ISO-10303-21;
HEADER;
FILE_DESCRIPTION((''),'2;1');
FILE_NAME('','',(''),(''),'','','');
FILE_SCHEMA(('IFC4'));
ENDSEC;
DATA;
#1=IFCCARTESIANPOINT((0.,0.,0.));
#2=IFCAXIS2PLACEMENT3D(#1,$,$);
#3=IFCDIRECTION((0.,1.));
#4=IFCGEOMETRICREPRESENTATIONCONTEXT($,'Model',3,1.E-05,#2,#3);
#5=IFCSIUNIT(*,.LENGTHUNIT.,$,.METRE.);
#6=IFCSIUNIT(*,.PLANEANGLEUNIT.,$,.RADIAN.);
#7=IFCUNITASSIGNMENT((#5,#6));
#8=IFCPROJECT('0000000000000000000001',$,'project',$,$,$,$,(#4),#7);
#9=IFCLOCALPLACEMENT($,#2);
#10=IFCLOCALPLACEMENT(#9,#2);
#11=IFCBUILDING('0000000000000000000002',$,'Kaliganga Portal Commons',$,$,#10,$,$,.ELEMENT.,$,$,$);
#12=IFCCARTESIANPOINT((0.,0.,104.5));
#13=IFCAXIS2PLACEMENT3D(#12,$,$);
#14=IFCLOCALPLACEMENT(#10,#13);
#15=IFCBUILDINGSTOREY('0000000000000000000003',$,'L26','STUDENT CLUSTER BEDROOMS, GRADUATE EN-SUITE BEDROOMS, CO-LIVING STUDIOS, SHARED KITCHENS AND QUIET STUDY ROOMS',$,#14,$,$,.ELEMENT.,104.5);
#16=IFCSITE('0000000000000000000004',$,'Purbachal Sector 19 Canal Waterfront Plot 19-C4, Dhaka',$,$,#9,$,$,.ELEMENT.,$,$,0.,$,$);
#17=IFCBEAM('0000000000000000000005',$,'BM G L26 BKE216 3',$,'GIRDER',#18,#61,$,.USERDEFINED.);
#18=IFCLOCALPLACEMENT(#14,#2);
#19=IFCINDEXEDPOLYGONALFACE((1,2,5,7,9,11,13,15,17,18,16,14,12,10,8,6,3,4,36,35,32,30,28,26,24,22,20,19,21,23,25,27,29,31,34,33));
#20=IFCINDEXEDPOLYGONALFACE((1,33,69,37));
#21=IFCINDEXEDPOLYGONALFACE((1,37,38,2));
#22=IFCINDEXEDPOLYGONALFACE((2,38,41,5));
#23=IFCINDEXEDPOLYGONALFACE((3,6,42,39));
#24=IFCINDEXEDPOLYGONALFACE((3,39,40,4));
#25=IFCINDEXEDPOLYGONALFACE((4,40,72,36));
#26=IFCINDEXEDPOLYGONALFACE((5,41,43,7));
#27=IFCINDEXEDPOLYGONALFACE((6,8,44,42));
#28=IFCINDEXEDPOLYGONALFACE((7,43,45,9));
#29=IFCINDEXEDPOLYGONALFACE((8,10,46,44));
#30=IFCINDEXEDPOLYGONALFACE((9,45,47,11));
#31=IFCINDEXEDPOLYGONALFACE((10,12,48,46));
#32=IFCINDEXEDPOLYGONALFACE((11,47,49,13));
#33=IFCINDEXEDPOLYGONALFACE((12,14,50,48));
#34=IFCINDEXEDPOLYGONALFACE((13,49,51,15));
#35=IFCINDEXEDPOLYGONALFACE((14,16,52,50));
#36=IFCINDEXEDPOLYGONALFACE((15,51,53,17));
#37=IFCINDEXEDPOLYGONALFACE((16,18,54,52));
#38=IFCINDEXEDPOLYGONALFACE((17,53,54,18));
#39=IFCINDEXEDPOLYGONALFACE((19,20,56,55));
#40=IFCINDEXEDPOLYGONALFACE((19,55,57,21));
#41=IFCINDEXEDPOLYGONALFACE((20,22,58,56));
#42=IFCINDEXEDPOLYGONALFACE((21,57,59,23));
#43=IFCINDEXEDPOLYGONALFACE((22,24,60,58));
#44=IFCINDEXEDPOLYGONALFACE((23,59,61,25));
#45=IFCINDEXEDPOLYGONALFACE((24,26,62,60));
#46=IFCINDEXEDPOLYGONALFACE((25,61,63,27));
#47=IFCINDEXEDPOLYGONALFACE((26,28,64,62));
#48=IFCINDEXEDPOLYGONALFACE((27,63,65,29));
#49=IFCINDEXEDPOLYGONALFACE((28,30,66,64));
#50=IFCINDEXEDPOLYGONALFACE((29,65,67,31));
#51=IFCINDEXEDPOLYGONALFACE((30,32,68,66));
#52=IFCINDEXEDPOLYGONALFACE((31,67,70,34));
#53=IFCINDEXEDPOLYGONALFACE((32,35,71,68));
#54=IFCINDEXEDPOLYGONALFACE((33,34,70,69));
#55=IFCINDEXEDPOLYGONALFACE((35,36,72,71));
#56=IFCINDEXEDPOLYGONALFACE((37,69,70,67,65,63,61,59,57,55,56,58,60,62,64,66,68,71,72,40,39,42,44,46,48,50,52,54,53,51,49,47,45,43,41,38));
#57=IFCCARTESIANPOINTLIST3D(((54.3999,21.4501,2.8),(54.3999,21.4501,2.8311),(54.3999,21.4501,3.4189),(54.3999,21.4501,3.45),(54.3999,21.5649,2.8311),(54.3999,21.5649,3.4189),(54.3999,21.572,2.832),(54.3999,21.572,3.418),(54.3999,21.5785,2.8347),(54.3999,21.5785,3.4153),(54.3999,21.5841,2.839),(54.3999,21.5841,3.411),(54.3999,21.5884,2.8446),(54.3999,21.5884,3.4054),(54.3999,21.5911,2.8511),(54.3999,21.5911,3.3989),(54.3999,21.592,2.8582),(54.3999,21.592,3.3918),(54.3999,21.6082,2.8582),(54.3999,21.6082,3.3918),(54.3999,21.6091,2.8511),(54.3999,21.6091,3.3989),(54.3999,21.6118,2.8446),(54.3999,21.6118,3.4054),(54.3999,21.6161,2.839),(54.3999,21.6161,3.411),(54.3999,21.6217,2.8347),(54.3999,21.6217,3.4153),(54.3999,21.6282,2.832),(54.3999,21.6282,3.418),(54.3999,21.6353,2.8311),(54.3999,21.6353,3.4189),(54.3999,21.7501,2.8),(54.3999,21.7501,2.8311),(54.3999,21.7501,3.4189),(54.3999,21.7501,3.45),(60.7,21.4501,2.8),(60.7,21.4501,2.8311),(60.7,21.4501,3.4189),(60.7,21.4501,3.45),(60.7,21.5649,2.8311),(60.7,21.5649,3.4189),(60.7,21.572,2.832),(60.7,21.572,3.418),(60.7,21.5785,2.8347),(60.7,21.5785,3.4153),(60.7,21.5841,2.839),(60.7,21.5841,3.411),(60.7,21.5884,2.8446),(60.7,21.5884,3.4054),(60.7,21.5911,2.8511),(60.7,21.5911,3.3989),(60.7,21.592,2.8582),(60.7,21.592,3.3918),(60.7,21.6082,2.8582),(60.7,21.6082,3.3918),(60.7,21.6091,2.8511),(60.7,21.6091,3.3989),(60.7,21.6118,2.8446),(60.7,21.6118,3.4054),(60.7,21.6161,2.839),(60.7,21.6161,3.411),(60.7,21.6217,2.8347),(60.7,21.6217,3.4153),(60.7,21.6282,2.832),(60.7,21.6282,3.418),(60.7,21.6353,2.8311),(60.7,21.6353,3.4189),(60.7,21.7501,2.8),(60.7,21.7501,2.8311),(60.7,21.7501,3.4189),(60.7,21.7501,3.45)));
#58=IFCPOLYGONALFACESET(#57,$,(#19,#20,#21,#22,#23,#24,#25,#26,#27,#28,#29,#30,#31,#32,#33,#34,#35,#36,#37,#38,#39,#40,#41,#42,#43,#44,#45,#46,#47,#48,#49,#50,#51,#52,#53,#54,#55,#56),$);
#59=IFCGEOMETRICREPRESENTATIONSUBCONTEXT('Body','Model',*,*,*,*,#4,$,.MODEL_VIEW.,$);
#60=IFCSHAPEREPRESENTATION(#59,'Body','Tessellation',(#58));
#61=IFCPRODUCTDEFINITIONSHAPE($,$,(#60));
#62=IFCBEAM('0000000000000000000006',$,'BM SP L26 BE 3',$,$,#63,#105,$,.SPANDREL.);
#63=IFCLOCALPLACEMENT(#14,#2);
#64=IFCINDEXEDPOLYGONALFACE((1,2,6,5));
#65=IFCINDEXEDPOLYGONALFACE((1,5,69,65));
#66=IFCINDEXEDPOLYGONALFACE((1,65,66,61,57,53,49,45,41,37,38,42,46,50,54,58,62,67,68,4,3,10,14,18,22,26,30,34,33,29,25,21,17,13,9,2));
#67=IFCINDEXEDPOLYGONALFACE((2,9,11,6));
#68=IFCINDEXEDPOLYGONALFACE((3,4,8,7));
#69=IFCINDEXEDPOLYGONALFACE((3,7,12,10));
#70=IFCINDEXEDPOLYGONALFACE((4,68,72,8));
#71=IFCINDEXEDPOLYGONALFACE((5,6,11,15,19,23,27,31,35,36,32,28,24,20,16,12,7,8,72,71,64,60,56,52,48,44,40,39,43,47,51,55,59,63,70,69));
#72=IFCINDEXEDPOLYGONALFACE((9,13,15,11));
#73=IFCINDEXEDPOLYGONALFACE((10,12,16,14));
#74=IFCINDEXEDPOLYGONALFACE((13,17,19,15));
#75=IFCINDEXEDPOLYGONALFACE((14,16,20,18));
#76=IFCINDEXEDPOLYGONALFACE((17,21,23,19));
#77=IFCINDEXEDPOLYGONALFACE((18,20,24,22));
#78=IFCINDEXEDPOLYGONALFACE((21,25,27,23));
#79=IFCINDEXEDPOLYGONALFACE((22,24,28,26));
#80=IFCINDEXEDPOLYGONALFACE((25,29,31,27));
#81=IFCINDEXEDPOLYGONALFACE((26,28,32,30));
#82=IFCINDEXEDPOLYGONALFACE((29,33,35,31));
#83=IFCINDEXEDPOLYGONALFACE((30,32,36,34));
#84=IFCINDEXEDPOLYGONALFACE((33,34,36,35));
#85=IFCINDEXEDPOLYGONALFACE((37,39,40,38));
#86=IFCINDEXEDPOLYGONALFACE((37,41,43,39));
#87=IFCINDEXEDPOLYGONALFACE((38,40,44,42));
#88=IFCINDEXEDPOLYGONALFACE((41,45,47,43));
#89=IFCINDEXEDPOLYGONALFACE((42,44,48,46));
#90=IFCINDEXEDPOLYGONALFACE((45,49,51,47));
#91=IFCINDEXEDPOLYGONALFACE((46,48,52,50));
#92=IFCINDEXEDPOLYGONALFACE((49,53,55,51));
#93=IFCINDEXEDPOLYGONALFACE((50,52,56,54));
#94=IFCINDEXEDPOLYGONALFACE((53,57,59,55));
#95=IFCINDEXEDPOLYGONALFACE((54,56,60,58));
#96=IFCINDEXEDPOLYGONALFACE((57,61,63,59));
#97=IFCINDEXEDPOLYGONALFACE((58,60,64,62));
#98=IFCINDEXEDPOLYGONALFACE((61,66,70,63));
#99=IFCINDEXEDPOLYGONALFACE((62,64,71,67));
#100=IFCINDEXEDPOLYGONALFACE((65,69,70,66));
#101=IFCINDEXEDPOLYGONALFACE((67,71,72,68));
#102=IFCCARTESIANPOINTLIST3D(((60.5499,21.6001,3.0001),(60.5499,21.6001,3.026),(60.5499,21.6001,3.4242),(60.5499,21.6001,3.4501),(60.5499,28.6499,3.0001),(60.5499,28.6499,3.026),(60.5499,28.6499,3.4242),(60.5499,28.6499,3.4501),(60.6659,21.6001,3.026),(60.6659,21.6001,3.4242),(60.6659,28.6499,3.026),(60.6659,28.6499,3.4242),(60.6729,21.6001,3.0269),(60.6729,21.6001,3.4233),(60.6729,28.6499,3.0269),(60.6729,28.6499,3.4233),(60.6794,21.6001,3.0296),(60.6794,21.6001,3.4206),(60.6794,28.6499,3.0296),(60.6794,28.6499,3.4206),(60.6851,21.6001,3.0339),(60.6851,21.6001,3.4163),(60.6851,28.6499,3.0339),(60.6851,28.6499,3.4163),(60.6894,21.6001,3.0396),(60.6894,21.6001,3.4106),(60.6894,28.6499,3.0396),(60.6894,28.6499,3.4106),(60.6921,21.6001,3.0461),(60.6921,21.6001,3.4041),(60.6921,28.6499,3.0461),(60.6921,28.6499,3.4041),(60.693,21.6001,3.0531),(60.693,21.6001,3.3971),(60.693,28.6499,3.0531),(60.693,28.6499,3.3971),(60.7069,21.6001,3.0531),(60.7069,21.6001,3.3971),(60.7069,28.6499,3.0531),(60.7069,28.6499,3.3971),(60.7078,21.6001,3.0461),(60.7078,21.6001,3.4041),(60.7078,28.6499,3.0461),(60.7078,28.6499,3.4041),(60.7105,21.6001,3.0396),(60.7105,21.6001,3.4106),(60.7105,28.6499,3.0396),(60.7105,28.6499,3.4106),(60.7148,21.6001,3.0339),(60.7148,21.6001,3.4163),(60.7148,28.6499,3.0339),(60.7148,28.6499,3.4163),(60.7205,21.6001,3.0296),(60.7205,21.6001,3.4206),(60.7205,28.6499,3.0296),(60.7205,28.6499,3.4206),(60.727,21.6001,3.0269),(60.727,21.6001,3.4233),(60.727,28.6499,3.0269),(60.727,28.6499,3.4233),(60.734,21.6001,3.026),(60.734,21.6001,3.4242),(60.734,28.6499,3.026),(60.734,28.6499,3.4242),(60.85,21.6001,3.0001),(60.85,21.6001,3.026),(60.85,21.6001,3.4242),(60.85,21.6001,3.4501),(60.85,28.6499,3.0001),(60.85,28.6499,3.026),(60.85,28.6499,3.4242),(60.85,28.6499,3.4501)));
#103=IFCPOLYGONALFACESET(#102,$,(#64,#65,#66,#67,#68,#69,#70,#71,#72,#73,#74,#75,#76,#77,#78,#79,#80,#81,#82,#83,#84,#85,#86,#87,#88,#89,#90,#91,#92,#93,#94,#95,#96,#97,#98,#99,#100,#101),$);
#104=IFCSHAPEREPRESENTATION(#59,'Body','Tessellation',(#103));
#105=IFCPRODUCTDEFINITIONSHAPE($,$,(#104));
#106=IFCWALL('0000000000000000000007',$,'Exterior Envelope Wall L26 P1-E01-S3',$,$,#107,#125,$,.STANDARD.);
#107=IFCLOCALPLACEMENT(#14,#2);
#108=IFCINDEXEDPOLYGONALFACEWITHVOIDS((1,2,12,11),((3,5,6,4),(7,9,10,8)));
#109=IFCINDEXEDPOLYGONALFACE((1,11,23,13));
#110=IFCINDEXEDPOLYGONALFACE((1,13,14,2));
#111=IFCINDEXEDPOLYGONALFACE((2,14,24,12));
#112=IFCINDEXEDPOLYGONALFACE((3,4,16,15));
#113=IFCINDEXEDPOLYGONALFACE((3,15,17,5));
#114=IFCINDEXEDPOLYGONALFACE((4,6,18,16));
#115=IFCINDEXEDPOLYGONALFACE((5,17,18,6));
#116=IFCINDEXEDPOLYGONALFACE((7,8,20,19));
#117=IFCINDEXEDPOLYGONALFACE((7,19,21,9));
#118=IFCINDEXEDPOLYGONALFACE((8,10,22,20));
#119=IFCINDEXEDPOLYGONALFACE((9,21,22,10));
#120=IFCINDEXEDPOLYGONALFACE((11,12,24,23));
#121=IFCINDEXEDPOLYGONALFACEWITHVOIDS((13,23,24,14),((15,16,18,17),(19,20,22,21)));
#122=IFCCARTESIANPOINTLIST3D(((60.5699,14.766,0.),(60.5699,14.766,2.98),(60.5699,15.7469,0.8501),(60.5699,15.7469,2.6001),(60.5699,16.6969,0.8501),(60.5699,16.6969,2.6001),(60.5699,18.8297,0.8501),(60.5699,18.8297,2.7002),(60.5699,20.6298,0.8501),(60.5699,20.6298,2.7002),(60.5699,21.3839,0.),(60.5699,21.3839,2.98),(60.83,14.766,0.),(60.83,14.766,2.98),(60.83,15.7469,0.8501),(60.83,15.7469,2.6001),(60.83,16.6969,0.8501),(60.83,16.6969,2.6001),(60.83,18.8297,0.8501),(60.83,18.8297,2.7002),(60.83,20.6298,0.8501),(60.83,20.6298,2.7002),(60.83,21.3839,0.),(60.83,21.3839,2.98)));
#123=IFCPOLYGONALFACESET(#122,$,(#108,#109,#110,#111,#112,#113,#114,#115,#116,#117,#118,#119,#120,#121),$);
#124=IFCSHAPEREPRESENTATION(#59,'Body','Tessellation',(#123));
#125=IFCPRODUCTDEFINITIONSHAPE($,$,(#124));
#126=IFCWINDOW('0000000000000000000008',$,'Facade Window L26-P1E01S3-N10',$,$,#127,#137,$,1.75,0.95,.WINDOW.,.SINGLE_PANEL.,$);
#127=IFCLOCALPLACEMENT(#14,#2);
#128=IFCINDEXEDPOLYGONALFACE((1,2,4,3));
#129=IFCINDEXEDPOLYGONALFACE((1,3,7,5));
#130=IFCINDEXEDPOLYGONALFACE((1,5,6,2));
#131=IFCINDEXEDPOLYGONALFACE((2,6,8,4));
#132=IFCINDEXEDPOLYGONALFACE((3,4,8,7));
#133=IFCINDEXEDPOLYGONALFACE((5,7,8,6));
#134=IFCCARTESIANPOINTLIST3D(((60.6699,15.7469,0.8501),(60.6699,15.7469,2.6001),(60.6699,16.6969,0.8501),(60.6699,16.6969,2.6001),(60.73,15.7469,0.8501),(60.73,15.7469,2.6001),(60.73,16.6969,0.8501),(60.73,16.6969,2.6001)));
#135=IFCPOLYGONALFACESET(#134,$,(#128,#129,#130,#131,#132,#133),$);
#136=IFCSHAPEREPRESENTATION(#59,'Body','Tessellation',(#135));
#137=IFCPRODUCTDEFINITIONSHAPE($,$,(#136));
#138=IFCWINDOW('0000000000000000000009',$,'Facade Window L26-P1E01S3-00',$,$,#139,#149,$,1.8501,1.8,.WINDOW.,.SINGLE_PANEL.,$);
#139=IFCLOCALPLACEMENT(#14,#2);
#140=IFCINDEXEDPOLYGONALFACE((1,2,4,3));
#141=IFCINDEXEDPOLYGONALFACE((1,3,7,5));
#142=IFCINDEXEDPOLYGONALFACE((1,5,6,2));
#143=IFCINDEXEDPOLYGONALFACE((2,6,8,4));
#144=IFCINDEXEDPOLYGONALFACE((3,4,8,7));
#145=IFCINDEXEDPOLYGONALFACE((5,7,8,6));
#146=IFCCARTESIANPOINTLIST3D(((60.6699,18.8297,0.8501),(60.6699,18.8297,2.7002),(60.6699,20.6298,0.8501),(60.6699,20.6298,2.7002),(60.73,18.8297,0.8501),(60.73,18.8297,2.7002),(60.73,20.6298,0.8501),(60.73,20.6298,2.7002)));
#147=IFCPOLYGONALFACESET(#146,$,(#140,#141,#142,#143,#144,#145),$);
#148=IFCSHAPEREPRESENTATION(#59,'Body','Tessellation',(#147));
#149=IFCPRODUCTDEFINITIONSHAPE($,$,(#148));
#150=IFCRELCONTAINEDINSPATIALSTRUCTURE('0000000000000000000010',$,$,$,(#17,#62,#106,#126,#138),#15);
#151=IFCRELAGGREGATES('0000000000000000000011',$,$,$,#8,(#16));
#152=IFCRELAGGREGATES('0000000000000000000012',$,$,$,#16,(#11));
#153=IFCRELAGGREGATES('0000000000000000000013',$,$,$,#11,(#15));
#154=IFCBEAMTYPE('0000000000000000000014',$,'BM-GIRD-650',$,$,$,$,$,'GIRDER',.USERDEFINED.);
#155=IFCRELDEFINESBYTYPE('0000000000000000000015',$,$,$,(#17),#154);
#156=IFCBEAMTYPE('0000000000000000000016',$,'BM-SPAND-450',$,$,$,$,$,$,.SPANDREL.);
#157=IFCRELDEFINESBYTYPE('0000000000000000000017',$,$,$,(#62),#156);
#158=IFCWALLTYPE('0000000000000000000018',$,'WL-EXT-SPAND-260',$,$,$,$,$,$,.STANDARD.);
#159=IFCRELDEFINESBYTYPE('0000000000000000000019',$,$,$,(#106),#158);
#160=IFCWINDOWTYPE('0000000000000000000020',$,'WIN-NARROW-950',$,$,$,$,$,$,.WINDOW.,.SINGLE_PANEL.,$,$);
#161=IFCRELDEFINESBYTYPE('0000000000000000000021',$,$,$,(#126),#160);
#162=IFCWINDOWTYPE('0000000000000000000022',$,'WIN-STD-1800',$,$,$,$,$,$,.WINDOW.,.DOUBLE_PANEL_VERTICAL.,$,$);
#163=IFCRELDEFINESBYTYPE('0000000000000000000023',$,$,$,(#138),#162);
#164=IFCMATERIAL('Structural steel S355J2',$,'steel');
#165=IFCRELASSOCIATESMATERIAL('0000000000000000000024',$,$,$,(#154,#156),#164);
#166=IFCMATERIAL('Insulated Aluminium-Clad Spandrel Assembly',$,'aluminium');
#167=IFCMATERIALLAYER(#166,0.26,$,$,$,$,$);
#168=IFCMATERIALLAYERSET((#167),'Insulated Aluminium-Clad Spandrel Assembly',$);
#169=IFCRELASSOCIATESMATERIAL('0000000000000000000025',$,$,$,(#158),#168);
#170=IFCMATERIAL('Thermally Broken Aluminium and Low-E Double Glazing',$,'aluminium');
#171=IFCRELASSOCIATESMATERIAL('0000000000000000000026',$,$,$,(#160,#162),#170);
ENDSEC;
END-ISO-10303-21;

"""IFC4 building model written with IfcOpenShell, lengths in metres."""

from ifc_helpers import new_model, si_unit, direction, frame, frame_2d, origin, origin_2d, place, context, subcontext, project, spatial, rectangle, i_section, extrude, source, transform, mapped, material, layer, layer_set, material_profile, profile_set, type_object, element, fill, save


model = new_model("IFC4")

# Units and contexts
model_context = context("Model", 3, precision=1e-05, world=origin(), true_north=direction((0.0, 1.0)))
body_context = subcontext(model_context, "Body", "Model", "MODEL_VIEW")
ifc_project = project(units=[si_unit("LENGTHUNIT", "METRE"), si_unit("PLANEANGLEUNIT", "RADIAN")], contexts=[model_context])

# Site, building, storey
site_placement = place(None, origin())
site = spatial("IfcSite", under=ifc_project, at=site_placement, Name="Purbachal Sector 19 Canal Waterfront Plot 19-C4, Dhaka", CompositionType="ELEMENT", RefElevation=0.0)
building_placement = place(site_placement, origin())
building = spatial("IfcBuilding", under=site, at=building_placement, Name="Kaliganga Portal Commons", CompositionType="ELEMENT")
storey_placement = place(building_placement, frame((0.0, 0.0, 104.5)))
storey = spatial("IfcBuildingStorey", under=building, at=storey_placement, Name="L26", Description="STUDENT CLUSTER BEDROOMS, GRADUATE EN-SUITE BEDROOMS, CO-LIVING STUDIOS, SHARED KITCHENS AND QUIET STUDY ROOMS", CompositionType="ELEMENT", Elevation=104.5)

# Beams
ifc_material_1 = material(Name="Structural steel S355J2", Category="steel")
ifc_material_profile_1 = material_profile(ifc_material_1, i_section(OverallWidth=0.3, OverallDepth=0.6499, WebThickness=0.0161, FlangeThickness=0.031, FilletRadius=0.0271, at=origin_2d()), Name="HE 650 B")
ifc_profile_set_1 = profile_set([ifc_material_profile_1], Name="Structural steel S355J2 wide-flange")
beam_type_1 = type_object("IfcBeamType", Name="BM-GIRD-650", ElementType="GIRDER", PredefinedType="USERDEFINED", material=ifc_profile_set_1)
shared_shape_1 = source(origin(), body_context, "Body", "SweptSolid", [
    extrude(i_section(OverallWidth=0.3, OverallDepth=0.6499, WebThickness=0.0161, FlangeThickness=0.031, FilletRadius=0.0271, at=origin_2d()), origin(), (0.0, 0.0, 1.0), 6.3),
])
beam_1_placement = place(storey_placement, frame((54.3999, 21.6001, 3.125), z_axis=(1.0, 0.0, 0.0), x_axis=(0.0, 1.0, 0.0)))
element("IfcBeam", 1, at=beam_1_placement, inside=storey, type_object=beam_type_1, Name="BM G L26 BKE216 3", ObjectType="GIRDER", PredefinedType="USERDEFINED", context=body_context, shape_type="MappedRepresentation", body=[
    mapped(shared_shape_1, transform((0.0, 0.0, 0.0), x_axis=(1.0, 0.0, 0.0), y_axis=(0.0, 1.0, 0.0), z_axis=(0.0, 0.0, 1.0), scale=1.0)),
])
ifc_material_profile_2 = material_profile(ifc_material_1, i_section(OverallWidth=0.3, OverallDepth=0.45, WebThickness=0.0139, FlangeThickness=0.0259, FilletRadius=0.0271, at=origin_2d()), Name="HE 450 B")
ifc_profile_set_2 = profile_set([ifc_material_profile_2], Name="Structural steel S355J2 wide-flange")
beam_type_2 = type_object("IfcBeamType", Name="BM-SPAND-450", PredefinedType="SPANDREL", material=ifc_profile_set_2)
shared_shape_2 = source(origin(), body_context, "Body", "SweptSolid", [
    extrude(i_section(OverallWidth=0.3, OverallDepth=0.45, WebThickness=0.0139, FlangeThickness=0.0259, FilletRadius=0.0271, at=origin_2d()), origin(), (0.0, 0.0, 1.0), 7.0498),
])
beam_2_placement = place(storey_placement, frame((60.7, 21.6001, 3.2251), z_axis=(0.0, 1.0, 0.0), x_axis=(-1.0, 0.0, 0.0)))
element("IfcBeam", 2, at=beam_2_placement, inside=storey, type_object=beam_type_2, Name="BM SP L26 BE 3", PredefinedType="SPANDREL", context=body_context, shape_type="MappedRepresentation", body=[
    mapped(shared_shape_2, transform((0.0, 0.0, 0.0), x_axis=(1.0, 0.0, 0.0), y_axis=(0.0, 1.0, 0.0), z_axis=(0.0, 0.0, 1.0), scale=1.0)),
])

# Wall, openings, windows
ifc_material_2 = material(Name="Insulated Aluminium-Clad Spandrel Assembly", Category="aluminium")
ifc_layer_1 = layer(ifc_material_2, 0.26)
ifc_layer_set_1 = layer_set([ifc_layer_1], Name="Insulated Aluminium-Clad Spandrel Assembly")
wall_type_1 = type_object("IfcWallType", Name="WL-EXT-SPAND-260", PredefinedType="STANDARD", material=ifc_layer_set_1)
wall_1_placement = place(storey_placement, frame((60.7, 21.384, 0.0), z_axis=(0.0, 0.0, 1.0), x_axis=(0.0, -1.0, 0.0)))
wall_1 = element("IfcWall", 3, at=wall_1_placement, inside=storey, type_object=wall_type_1, Name="Exterior Envelope Wall L26 P1-E01-S3", PredefinedType="STANDARD", context=body_context, shape_type="SweptSolid", body=[
    extrude(rectangle(XDim=6.6179, YDim=0.26, at=frame_2d((3.3091, 0.0))), origin(), (0.0, 0.0, 1.0), 2.98),
])
opening_1_placement = place(wall_1_placement, frame((0.7544, 0.0, 0.8501)))
opening_1 = element("IfcOpeningElement", 4, at=opening_1_placement, cuts=wall_1, PredefinedType="OPENING", context=body_context, shape_type="SweptSolid", body=[
    extrude(rectangle(XDim=1.8, YDim=1.8501, at=frame_2d((0.8999, 0.925))), frame((0.0, 0.1401, 0.0), z_axis=(0.0, -1.0, 0.0), x_axis=(1.0, 0.0, 0.0)), (0.0, 0.0, 1.0), 0.28),
])
opening_2_placement = place(wall_1_placement, frame((4.687, 0.0, 0.8501)))
opening_2 = element("IfcOpeningElement", 5, at=opening_2_placement, cuts=wall_1, PredefinedType="OPENING", context=body_context, shape_type="SweptSolid", body=[
    extrude(rectangle(XDim=0.95, YDim=1.75, at=frame_2d((0.4751, 0.875))), frame((0.0, 0.1401, 0.0), z_axis=(0.0, -1.0, 0.0), x_axis=(1.0, 0.0, 0.0)), (0.0, 0.0, 1.0), 0.28),
])
ifc_material_3 = material(Name="Thermally Broken Aluminium and Low-E Double Glazing", Category="aluminium")
window_type_1 = type_object("IfcWindowType", Name="WIN-NARROW-950", PartitioningType="SINGLE_PANEL", PredefinedType="WINDOW", material=ifc_material_3)
window_1_placement = place(opening_2_placement, origin())
window_1 = element("IfcWindow", 6, at=window_1_placement, inside=storey, type_object=window_type_1, Name="Facade Window L26-P1E01S3-N10", OverallHeight=1.75, OverallWidth=0.95, PartitioningType="SINGLE_PANEL", PredefinedType="WINDOW", context=body_context, shape_type="SweptSolid", body=[
    extrude(rectangle(XDim=0.95, YDim=1.75, at=frame_2d((0.4751, 0.875))), frame((0.0, 0.03, 0.0), z_axis=(0.0, -1.0, 0.0), x_axis=(1.0, 0.0, 0.0)), (0.0, 0.0, 1.0), 0.0601),
])
fill(opening_2, window_1)
window_type_2 = type_object("IfcWindowType", Name="WIN-STD-1800", PartitioningType="DOUBLE_PANEL_VERTICAL", PredefinedType="WINDOW", material=ifc_material_3)
window_2_placement = place(opening_1_placement, origin())
window_2 = element("IfcWindow", 7, at=window_2_placement, inside=storey, type_object=window_type_2, Name="Facade Window L26-P1E01S3-00", OverallHeight=1.8501, OverallWidth=1.8, PartitioningType="SINGLE_PANEL", PredefinedType="WINDOW", context=body_context, shape_type="SweptSolid", body=[
    extrude(rectangle(XDim=1.8, YDim=1.8501, at=frame_2d((0.8999, 0.925))), frame((0.0, 0.03, 0.0), z_axis=(0.0, -1.0, 0.0), x_axis=(1.0, 0.0, 0.0)), (0.0, 0.0, 1.0), 0.0601),
])
fill(opening_1, window_2)

save(model, "model.ifc")
